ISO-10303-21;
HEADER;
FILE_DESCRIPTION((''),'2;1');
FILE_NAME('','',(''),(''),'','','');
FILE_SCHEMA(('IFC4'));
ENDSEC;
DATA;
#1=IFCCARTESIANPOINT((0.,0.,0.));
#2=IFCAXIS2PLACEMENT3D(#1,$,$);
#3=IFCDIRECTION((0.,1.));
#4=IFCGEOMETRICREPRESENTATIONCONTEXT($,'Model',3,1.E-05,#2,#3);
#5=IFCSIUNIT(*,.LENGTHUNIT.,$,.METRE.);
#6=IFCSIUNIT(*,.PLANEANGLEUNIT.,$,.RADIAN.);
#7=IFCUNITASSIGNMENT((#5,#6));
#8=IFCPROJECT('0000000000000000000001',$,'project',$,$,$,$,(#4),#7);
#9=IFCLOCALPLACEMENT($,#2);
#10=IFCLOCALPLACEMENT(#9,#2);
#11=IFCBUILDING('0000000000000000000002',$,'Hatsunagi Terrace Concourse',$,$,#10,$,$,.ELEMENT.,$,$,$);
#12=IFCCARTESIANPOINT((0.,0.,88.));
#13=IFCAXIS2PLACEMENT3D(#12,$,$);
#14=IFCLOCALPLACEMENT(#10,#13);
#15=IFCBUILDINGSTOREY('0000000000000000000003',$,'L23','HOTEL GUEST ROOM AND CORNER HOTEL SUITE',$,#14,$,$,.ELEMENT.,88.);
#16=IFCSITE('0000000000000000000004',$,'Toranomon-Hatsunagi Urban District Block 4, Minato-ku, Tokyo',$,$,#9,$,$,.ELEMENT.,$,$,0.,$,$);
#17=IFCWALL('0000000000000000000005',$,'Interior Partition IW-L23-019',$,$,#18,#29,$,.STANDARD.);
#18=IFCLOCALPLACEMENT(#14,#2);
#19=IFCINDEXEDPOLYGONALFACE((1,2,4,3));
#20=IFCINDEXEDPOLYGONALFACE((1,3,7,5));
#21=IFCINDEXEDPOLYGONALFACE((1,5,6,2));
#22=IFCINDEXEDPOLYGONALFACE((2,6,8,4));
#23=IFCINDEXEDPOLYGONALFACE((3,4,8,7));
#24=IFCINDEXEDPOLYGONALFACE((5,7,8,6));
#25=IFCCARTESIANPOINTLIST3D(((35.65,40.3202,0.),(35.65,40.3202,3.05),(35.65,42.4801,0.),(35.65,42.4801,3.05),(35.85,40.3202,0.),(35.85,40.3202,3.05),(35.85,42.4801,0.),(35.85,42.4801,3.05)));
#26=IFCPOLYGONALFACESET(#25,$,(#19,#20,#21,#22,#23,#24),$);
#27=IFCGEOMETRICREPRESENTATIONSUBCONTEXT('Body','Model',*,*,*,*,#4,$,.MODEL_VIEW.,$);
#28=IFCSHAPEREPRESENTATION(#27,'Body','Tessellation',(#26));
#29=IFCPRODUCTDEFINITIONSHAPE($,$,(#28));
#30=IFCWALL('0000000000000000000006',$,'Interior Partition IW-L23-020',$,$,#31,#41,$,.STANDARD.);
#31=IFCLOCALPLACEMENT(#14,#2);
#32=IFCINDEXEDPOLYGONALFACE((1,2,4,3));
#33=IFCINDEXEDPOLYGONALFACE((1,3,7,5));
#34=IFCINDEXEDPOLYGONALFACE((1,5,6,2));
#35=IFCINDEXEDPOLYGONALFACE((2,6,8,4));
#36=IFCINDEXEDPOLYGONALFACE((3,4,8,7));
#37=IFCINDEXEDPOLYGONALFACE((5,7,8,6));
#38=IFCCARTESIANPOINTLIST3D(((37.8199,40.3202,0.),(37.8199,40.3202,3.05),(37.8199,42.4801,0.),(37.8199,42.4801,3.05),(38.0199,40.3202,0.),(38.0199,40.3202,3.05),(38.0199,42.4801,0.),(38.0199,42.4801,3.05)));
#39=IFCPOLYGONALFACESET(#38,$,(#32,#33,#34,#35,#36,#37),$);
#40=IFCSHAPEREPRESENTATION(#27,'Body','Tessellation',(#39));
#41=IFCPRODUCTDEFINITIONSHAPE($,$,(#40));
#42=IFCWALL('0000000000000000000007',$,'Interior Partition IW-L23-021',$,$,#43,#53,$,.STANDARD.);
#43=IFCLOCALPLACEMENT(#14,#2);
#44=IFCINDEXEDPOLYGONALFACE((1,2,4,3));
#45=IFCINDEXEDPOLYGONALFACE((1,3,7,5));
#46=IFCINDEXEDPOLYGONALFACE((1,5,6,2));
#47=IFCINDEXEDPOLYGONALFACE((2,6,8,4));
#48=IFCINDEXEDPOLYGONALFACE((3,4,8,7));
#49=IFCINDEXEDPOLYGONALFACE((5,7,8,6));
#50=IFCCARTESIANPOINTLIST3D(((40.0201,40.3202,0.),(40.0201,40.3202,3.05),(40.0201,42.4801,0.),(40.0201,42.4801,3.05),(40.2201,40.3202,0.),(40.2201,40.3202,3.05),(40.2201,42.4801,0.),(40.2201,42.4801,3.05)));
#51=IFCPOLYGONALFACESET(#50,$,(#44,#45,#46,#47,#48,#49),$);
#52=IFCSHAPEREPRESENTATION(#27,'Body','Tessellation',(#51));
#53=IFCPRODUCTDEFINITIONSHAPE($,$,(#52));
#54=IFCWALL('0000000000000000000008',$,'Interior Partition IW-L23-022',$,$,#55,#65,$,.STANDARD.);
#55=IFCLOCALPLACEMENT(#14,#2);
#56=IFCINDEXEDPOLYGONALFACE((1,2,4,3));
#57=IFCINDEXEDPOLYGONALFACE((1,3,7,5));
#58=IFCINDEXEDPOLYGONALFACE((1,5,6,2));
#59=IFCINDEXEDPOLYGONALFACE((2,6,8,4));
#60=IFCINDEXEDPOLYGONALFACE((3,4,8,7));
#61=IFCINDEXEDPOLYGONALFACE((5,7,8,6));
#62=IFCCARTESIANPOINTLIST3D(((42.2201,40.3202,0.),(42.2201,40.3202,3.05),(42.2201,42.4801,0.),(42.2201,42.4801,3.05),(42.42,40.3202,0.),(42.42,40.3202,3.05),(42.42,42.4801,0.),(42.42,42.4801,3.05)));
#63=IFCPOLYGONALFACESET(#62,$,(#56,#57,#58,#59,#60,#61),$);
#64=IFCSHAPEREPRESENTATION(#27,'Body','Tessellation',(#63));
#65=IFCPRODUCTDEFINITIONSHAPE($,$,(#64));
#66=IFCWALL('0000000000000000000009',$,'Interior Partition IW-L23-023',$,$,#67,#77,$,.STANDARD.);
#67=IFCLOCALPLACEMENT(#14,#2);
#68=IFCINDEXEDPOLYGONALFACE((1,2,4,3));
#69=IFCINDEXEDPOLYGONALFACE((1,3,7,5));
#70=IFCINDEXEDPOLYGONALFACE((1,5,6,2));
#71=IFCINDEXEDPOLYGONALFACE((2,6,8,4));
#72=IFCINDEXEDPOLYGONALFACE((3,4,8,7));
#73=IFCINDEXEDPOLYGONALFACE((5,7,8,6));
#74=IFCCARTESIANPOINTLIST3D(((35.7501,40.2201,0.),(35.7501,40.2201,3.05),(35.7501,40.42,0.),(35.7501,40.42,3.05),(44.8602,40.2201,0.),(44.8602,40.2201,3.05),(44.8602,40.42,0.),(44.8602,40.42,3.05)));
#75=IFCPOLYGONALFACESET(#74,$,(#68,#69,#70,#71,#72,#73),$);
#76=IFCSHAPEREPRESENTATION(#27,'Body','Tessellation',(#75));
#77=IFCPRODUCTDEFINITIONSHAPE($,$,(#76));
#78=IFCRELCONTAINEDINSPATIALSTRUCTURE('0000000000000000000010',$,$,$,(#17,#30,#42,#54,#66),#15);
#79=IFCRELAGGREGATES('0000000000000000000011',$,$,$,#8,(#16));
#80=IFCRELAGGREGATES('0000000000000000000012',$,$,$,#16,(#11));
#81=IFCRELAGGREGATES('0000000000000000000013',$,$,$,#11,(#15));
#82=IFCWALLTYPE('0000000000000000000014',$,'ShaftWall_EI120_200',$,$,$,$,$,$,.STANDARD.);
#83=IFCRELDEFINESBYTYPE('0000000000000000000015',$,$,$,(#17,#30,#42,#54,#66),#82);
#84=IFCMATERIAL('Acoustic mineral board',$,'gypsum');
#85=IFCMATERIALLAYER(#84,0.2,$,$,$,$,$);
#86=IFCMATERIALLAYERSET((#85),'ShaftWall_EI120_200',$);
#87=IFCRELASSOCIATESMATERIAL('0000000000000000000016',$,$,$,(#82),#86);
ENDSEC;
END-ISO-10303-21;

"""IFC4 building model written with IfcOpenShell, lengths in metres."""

from ifc_helpers import new_model, si_unit, direction, frame, frame_2d, origin, place, context, subcontext, project, spatial, rectangle, extrude, material, layer, layer_set, type_object, element, save


model = new_model("IFC4")

# Units and contexts
model_context = context("Model", 3, precision=1e-05, world=origin(), true_north=direction((0.0, 1.0)))
body_context = subcontext(model_context, "Body", "Model", "MODEL_VIEW")
ifc_project = project(units=[si_unit("LENGTHUNIT", "METRE"), si_unit("PLANEANGLEUNIT", "RADIAN")], contexts=[model_context])

# Site, building, storey
site_placement = place(None, origin())
site = spatial("IfcSite", under=ifc_project, at=site_placement, Name="Toranomon-Hatsunagi Urban District Block 4, Minato-ku, Tokyo", CompositionType="ELEMENT", RefElevation=0.0)
building_placement = place(site_placement, origin())
building = spatial("IfcBuilding", under=site, at=building_placement, Name="Hatsunagi Terrace Concourse", CompositionType="ELEMENT")
storey_placement = place(building_placement, frame((0.0, 0.0, 88.0)))
storey = spatial("IfcBuildingStorey", under=building, at=storey_placement, Name="L23", Description="HOTEL GUEST ROOM AND CORNER HOTEL SUITE", CompositionType="ELEMENT", Elevation=88.0)

# Shared definitions
ifc_material_1 = material(Name="Acoustic mineral board", Category="gypsum")
ifc_layer_1 = layer(ifc_material_1, 0.2)
ifc_layer_set_1 = layer_set([ifc_layer_1], Name="ShaftWall_EI120_200")
wall_type_1 = type_object("IfcWallType", Name="ShaftWall_EI120_200", PredefinedType="STANDARD", material=ifc_layer_set_1)

# Walls
for number, where, z_axis, x_axis, name in (
    (1, (35.75, 40.3201, 0.0), (0.0, 0.0, 1.0), (0.0, 1.0, 0.0), "Interior Partition IW-L23-019"),
    (2, (37.9199, 40.3201, 0.0), (0.0, 0.0, 1.0), (0.0, 1.0, 0.0), "Interior Partition IW-L23-020"),
    (3, (40.1201, 40.3201, 0.0), (0.0, 0.0, 1.0), (0.0, 1.0, 0.0), "Interior Partition IW-L23-021"),
    (4, (42.3201, 40.3201, 0.0), (0.0, 0.0, 1.0), (0.0, 1.0, 0.0), "Interior Partition IW-L23-022"),
):
    element("IfcWall", number, at=place(storey_placement, frame(where, z_axis=z_axis, x_axis=x_axis)), inside=storey, type_object=wall_type_1, Name=name, PredefinedType="STANDARD", context=body_context, shape_type="SweptSolid", body=[
        extrude(rectangle(XDim=2.1599, YDim=0.2, at=frame_2d((1.0801, 0.0))), origin(), (0.0, 0.0, 1.0), 3.05),
    ])
wall_1_placement = place(storey_placement, frame((35.75, 40.3201, 0.0), z_axis=(0.0, 0.0, 1.0), x_axis=(1.0, 0.0, 0.0)))
element("IfcWall", 5, at=wall_1_placement, inside=storey, type_object=wall_type_1, Name="Interior Partition IW-L23-023", PredefinedType="STANDARD", context=body_context, shape_type="SweptSolid", body=[
    extrude(rectangle(XDim=9.1101, YDim=0.2, at=frame_2d((4.5552, 0.0))), origin(), (0.0, 0.0, 1.0), 3.05),
])

save(model, "model.ifc")
